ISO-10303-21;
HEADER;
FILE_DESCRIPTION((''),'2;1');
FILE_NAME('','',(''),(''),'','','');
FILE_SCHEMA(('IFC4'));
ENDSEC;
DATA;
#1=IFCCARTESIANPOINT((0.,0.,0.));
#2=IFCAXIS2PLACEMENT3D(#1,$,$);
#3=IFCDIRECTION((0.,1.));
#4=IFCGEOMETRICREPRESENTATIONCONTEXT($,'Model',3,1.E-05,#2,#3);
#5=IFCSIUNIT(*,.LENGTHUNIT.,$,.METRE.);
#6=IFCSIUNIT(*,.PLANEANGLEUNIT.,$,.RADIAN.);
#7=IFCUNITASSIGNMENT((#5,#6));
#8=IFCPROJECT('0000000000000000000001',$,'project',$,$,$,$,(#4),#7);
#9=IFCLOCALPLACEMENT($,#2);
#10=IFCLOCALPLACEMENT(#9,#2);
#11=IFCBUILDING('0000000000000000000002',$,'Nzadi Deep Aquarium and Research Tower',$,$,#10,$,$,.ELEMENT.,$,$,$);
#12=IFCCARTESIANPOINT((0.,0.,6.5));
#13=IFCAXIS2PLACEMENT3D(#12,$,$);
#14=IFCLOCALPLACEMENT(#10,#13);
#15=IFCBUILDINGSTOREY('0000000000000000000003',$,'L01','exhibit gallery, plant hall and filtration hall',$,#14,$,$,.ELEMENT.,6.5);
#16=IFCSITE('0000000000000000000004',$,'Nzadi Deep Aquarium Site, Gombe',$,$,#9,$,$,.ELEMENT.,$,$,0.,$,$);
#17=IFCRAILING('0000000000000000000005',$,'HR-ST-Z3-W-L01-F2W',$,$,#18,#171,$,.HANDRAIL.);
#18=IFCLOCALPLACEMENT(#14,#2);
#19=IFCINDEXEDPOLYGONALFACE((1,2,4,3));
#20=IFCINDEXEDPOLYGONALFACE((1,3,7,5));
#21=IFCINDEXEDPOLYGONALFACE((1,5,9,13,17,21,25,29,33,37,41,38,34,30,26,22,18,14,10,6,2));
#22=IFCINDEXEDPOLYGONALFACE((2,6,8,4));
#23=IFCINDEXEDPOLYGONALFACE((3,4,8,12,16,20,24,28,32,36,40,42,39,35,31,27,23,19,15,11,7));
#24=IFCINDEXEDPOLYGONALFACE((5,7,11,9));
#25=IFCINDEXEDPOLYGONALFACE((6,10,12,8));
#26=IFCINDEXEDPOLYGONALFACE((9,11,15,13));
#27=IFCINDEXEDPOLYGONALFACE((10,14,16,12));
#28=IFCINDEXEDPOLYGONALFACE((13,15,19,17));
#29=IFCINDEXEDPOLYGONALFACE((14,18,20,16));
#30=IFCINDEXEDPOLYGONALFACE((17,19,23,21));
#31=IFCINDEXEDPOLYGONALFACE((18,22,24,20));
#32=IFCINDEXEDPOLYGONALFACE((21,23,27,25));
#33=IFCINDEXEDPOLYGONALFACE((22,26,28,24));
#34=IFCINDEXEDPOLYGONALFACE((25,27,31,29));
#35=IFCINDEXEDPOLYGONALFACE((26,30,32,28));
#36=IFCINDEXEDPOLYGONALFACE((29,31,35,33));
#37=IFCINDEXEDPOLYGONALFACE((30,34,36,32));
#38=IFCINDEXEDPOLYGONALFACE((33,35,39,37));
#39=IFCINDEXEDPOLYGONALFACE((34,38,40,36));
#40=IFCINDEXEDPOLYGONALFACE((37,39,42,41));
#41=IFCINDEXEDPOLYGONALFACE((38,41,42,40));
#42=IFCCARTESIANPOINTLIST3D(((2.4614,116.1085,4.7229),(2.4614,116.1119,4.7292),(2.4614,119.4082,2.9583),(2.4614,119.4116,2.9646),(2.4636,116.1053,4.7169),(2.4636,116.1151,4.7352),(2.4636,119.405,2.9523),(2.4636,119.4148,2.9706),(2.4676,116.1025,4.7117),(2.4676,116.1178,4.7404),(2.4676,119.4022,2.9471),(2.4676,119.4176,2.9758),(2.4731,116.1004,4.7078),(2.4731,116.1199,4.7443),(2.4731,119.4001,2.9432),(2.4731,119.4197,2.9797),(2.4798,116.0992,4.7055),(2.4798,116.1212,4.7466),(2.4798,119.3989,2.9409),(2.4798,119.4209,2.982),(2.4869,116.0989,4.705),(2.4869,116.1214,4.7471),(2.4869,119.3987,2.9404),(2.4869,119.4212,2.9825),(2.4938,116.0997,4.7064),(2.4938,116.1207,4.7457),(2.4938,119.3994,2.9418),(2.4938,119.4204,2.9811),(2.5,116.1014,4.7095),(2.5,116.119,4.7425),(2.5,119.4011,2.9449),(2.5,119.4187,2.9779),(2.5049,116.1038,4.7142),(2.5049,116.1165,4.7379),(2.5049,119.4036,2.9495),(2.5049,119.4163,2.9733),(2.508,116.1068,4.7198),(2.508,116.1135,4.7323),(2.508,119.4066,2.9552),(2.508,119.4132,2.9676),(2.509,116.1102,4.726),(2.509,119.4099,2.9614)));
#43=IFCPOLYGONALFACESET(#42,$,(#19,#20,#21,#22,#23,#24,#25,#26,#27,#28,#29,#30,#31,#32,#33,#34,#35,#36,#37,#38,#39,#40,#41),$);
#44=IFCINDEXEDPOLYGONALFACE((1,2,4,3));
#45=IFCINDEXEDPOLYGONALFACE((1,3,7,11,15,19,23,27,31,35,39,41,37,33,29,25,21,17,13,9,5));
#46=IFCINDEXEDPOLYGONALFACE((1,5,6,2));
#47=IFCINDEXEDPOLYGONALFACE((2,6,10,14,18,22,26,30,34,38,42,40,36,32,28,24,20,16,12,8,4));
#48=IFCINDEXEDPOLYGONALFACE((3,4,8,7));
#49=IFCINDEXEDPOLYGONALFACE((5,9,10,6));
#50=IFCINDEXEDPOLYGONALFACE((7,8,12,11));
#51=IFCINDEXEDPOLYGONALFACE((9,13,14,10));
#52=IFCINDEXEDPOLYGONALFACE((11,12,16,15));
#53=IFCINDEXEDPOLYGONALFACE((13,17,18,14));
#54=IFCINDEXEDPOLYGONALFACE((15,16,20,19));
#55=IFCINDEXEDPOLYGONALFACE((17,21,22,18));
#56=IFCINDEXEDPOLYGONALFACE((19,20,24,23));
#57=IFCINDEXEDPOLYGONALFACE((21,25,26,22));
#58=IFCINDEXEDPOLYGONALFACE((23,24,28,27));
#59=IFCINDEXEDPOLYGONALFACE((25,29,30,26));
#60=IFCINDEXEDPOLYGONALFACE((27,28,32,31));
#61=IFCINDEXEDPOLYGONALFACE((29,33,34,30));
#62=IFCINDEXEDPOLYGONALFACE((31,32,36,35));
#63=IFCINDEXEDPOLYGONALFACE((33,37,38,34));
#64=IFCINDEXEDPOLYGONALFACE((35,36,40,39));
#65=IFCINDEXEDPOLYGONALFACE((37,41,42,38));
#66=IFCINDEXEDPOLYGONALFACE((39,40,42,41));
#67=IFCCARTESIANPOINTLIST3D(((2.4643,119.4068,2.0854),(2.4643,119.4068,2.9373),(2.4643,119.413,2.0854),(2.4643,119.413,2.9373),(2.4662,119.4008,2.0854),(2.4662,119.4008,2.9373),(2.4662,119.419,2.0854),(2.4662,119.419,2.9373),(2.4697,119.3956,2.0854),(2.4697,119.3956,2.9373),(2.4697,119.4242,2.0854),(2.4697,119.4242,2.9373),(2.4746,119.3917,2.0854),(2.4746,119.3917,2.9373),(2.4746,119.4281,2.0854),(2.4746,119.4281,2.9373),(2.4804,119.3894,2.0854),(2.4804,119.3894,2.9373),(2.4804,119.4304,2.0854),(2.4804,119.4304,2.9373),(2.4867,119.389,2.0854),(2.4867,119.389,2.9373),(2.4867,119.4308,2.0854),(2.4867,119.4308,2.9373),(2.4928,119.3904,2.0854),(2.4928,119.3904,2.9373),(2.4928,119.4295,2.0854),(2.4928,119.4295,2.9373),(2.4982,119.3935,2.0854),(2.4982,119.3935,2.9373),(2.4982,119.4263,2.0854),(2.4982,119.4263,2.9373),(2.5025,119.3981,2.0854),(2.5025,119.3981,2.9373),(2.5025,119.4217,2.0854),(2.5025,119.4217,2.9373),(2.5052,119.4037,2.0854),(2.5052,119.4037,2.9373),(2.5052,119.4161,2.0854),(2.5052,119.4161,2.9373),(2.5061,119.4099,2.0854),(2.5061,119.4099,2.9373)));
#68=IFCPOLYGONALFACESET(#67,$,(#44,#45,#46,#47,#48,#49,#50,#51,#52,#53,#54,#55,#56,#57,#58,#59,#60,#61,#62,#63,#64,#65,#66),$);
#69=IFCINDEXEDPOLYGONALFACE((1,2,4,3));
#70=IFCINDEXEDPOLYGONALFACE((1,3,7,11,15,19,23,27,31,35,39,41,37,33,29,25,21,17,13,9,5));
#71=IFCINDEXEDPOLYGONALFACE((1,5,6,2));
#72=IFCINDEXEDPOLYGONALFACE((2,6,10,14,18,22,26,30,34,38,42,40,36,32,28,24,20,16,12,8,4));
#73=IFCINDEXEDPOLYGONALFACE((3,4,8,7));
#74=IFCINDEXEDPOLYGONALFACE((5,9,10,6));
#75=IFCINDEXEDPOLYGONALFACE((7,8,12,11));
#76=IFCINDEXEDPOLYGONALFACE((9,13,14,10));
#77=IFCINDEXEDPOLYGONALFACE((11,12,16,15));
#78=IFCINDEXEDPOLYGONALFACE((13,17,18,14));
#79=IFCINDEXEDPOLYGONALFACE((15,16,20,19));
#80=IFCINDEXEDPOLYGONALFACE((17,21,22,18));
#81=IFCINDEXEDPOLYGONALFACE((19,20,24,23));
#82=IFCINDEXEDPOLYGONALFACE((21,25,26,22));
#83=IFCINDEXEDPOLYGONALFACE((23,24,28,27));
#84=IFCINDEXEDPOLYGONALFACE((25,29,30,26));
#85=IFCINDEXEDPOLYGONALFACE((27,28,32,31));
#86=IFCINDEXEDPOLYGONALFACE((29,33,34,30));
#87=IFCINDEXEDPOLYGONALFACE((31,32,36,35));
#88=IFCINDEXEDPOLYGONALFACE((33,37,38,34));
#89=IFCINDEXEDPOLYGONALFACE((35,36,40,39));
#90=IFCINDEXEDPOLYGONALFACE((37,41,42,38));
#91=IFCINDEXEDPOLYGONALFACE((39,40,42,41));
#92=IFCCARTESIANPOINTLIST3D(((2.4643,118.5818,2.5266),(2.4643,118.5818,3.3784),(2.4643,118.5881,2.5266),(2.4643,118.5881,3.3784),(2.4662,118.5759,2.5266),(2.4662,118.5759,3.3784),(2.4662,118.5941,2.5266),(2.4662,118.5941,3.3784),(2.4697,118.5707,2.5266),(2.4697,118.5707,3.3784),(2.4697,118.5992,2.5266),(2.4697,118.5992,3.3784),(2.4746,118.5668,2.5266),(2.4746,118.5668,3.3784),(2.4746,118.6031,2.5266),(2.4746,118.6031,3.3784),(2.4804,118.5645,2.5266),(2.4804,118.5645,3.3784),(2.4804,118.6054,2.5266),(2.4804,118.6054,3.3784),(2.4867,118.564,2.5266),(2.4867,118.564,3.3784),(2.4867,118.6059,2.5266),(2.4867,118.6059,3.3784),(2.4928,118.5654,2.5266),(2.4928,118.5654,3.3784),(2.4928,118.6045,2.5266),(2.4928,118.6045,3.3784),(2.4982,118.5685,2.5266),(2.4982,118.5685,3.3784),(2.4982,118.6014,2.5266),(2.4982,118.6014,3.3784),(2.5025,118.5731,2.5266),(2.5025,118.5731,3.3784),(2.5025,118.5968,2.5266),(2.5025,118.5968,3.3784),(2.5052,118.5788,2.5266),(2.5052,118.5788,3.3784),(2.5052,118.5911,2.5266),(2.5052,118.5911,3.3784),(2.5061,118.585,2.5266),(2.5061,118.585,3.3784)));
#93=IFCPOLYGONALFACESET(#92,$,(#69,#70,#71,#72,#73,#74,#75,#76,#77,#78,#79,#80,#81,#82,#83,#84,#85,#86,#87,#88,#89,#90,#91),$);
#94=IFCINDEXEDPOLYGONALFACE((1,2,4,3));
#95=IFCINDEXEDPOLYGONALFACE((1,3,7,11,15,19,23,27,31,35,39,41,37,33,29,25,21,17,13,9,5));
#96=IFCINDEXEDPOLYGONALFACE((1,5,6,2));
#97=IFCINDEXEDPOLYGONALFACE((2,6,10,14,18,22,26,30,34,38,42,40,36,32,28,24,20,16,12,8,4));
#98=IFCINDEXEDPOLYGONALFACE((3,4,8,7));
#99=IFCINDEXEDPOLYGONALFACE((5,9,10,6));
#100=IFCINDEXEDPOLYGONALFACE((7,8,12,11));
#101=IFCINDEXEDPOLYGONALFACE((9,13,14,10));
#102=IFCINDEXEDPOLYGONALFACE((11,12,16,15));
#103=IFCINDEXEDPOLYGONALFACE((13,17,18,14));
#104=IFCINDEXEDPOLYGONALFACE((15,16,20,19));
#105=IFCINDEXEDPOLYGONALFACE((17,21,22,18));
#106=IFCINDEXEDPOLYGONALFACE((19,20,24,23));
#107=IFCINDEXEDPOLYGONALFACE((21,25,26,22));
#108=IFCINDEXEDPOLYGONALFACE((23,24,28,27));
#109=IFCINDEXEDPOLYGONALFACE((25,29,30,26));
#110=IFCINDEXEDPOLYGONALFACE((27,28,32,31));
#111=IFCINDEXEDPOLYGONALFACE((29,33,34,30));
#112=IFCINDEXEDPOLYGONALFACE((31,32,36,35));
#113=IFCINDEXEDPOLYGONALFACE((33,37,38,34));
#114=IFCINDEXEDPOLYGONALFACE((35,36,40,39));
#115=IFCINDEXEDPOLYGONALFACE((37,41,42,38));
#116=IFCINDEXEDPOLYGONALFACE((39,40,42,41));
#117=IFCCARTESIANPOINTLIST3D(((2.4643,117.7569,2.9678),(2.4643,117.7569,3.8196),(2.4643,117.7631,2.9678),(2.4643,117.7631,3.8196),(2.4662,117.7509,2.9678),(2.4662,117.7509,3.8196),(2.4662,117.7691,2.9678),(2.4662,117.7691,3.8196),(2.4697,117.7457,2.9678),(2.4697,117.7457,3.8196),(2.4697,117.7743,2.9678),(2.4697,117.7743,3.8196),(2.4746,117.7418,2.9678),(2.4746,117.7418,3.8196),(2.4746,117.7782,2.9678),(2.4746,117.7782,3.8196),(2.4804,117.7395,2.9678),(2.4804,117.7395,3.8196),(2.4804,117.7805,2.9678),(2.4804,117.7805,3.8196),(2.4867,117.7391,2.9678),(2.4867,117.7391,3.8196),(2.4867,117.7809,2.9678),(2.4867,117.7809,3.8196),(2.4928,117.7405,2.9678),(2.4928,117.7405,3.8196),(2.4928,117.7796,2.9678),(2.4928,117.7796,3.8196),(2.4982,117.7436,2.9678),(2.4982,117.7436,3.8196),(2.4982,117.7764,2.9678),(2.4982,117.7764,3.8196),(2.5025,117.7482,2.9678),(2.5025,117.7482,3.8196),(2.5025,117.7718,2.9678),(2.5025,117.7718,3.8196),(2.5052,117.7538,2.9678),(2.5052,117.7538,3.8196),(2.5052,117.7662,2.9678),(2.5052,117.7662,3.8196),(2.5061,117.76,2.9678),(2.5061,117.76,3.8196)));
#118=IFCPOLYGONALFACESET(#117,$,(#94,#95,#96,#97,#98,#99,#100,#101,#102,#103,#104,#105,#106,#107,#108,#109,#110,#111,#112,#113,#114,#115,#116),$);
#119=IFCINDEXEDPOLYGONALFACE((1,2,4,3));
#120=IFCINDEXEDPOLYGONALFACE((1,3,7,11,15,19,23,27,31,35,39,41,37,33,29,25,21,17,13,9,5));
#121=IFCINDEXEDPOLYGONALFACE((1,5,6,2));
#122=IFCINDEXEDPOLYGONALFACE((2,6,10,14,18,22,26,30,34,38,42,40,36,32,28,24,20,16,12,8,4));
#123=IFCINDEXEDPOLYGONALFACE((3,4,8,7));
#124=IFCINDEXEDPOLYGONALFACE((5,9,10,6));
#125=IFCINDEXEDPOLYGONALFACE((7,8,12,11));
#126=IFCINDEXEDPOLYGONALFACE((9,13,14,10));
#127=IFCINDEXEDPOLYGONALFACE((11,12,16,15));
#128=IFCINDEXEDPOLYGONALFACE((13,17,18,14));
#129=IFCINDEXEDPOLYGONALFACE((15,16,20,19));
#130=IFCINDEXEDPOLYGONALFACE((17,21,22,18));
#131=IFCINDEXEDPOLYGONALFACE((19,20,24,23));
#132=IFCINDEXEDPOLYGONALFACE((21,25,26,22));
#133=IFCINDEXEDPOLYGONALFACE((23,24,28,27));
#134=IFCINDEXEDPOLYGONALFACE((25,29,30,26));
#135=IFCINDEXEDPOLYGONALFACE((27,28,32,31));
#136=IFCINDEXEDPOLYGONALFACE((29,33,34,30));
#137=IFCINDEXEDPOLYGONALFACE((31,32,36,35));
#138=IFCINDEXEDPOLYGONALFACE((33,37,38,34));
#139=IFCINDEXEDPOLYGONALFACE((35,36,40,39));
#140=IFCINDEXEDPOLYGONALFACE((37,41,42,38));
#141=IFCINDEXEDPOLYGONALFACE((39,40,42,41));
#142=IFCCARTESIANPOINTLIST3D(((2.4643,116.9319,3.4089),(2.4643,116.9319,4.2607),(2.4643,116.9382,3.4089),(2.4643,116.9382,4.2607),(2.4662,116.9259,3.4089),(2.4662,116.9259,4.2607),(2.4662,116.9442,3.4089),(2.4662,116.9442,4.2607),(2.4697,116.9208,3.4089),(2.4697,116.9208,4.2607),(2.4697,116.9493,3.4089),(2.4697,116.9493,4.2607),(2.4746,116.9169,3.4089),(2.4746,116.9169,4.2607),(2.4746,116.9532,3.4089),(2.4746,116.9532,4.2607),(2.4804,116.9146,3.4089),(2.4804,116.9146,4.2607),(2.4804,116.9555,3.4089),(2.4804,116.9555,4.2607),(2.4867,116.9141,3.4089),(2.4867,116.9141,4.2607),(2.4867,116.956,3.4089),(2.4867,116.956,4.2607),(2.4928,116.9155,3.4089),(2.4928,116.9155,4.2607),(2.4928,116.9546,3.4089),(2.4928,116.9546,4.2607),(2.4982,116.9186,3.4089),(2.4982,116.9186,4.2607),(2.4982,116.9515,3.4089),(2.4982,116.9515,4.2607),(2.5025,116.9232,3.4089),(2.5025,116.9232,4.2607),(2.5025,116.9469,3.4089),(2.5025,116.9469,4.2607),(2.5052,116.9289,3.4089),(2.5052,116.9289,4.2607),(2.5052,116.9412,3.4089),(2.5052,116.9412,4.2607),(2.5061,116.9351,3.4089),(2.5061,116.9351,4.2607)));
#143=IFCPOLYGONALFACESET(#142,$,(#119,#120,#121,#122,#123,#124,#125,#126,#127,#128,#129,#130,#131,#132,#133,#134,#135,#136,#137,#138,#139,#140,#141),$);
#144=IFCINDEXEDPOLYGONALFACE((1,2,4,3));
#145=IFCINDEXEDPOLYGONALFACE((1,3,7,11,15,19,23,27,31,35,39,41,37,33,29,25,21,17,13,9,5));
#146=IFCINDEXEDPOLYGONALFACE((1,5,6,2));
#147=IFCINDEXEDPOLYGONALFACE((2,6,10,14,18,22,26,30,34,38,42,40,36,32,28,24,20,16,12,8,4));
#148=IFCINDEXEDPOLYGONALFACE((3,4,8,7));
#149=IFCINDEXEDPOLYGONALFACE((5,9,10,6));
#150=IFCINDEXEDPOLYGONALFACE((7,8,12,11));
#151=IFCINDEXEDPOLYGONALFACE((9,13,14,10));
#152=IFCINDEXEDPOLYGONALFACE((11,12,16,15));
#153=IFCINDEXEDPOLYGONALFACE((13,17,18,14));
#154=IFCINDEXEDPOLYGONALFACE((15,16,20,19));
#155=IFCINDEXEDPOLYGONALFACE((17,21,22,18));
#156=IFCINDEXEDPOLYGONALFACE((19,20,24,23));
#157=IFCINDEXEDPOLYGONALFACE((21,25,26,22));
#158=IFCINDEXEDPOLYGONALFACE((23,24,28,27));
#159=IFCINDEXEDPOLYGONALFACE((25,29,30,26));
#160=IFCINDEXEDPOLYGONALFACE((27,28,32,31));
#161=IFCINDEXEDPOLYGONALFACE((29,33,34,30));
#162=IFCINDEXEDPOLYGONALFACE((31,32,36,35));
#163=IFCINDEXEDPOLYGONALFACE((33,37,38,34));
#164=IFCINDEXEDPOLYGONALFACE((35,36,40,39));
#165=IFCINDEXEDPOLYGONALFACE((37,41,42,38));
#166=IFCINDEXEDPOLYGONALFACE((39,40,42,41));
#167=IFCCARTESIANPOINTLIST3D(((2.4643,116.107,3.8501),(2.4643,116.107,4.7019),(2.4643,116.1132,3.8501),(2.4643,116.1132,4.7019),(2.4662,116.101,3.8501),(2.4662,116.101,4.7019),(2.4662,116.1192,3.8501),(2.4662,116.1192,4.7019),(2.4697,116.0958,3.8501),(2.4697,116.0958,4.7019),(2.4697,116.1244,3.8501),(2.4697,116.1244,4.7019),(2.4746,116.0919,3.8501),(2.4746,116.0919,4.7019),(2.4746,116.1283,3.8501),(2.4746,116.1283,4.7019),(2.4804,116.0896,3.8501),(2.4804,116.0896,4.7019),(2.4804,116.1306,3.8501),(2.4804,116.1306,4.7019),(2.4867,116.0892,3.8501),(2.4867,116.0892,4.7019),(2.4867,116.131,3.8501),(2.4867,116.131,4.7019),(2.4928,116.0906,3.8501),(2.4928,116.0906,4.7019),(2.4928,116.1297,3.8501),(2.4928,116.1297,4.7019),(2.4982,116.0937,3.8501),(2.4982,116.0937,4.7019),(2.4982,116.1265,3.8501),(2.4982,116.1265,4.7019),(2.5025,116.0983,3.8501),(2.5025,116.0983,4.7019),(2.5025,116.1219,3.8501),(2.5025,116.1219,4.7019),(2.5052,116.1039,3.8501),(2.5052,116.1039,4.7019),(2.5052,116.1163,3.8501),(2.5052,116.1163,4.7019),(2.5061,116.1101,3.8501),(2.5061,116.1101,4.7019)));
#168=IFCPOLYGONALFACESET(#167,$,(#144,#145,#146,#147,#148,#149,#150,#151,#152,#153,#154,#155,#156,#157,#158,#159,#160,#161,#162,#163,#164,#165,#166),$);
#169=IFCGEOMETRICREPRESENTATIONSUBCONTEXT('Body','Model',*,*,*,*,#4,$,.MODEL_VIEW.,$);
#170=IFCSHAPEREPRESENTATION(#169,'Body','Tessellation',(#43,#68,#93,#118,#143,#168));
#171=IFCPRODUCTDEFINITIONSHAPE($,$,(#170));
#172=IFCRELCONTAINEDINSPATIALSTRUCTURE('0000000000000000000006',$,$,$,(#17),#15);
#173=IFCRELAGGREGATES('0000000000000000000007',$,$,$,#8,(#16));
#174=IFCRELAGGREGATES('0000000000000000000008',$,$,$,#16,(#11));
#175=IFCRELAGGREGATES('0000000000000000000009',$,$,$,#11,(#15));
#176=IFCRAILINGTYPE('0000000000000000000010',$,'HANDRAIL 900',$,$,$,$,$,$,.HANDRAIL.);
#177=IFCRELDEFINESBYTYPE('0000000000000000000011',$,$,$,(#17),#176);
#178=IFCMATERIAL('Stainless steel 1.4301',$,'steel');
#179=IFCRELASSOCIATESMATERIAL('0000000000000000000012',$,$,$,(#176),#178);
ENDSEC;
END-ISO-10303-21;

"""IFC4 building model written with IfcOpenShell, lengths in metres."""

from ifc_helpers import new_model, si_unit, direction, frame, origin, origin_2d, place, context, subcontext, project, spatial, circle, extrude, material, type_object, element, save


model = new_model("IFC4")

# Units and contexts
model_context = context("Model", 3, precision=1e-05, world=origin(), true_north=direction((0.0, 1.0)))
body_context = subcontext(model_context, "Body", "Model", "MODEL_VIEW")
ifc_project = project(units=[si_unit("LENGTHUNIT", "METRE"), si_unit("PLANEANGLEUNIT", "RADIAN")], contexts=[model_context])

# Site, building, storey
site_placement = place(None, origin())
site = spatial("IfcSite", under=ifc_project, at=site_placement, Name="Nzadi Deep Aquarium Site, Gombe", CompositionType="ELEMENT", RefElevation=0.0)
building_placement = place(site_placement, origin())
building = spatial("IfcBuilding", under=site, at=building_placement, Name="Nzadi Deep Aquarium and Research Tower", CompositionType="ELEMENT")
storey_placement = place(building_placement, frame((0.0, 0.0, 6.5)))
storey = spatial("IfcBuildingStorey", under=building, at=storey_placement, Name="L01", Description="exhibit gallery, plant hall and filtration hall", CompositionType="ELEMENT", Elevation=6.5)

# Railing
ifc_material_1 = material(Name="Stainless steel 1.4301", Category="steel")
railing_type = type_object("IfcRailingType", Name="HANDRAIL 900", PredefinedType="HANDRAIL", material=ifc_material_1)
railing_1_placement = place(storey_placement, frame((2.4851, 119.4099, 2.0854)))
element("IfcRailing", 1, at=railing_1_placement, inside=storey, type_object=railing_type, Name="HR-ST-Z3-W-L01-F2W", PredefinedType="HANDRAIL", context=body_context, shape_type="SweptSolid", body=[
    extrude(circle(Radius=0.0239, at=origin_2d()), frame((0.0, 0.0, 0.876), z_axis=(0.0, -0.881825, 0.471577), x_axis=(1.0, 0.0, 0.0)), (0.0, 0.0, 1.0), 3.7419),
    extrude(circle(Radius=0.021, at=origin_2d()), origin(), (0.0, 0.0, 1.0), 0.8518),
    extrude(circle(Radius=0.021, at=origin_2d()), frame((0.0, -0.825, 0.4412)), (0.0, 0.0, 1.0), 0.8518),
    extrude(circle(Radius=0.021, at=origin_2d()), frame((0.0, -1.6499, 0.8823)), (0.0, 0.0, 1.0), 0.8518),
    extrude(circle(Radius=0.021, at=origin_2d()), frame((0.0, -2.4749, 1.3235)), (0.0, 0.0, 1.0), 0.8518),
    extrude(circle(Radius=0.021, at=origin_2d()), frame((0.0, -3.2998, 1.7646)), (0.0, 0.0, 1.0), 0.8518),
])

save(model, "model.ifc")
